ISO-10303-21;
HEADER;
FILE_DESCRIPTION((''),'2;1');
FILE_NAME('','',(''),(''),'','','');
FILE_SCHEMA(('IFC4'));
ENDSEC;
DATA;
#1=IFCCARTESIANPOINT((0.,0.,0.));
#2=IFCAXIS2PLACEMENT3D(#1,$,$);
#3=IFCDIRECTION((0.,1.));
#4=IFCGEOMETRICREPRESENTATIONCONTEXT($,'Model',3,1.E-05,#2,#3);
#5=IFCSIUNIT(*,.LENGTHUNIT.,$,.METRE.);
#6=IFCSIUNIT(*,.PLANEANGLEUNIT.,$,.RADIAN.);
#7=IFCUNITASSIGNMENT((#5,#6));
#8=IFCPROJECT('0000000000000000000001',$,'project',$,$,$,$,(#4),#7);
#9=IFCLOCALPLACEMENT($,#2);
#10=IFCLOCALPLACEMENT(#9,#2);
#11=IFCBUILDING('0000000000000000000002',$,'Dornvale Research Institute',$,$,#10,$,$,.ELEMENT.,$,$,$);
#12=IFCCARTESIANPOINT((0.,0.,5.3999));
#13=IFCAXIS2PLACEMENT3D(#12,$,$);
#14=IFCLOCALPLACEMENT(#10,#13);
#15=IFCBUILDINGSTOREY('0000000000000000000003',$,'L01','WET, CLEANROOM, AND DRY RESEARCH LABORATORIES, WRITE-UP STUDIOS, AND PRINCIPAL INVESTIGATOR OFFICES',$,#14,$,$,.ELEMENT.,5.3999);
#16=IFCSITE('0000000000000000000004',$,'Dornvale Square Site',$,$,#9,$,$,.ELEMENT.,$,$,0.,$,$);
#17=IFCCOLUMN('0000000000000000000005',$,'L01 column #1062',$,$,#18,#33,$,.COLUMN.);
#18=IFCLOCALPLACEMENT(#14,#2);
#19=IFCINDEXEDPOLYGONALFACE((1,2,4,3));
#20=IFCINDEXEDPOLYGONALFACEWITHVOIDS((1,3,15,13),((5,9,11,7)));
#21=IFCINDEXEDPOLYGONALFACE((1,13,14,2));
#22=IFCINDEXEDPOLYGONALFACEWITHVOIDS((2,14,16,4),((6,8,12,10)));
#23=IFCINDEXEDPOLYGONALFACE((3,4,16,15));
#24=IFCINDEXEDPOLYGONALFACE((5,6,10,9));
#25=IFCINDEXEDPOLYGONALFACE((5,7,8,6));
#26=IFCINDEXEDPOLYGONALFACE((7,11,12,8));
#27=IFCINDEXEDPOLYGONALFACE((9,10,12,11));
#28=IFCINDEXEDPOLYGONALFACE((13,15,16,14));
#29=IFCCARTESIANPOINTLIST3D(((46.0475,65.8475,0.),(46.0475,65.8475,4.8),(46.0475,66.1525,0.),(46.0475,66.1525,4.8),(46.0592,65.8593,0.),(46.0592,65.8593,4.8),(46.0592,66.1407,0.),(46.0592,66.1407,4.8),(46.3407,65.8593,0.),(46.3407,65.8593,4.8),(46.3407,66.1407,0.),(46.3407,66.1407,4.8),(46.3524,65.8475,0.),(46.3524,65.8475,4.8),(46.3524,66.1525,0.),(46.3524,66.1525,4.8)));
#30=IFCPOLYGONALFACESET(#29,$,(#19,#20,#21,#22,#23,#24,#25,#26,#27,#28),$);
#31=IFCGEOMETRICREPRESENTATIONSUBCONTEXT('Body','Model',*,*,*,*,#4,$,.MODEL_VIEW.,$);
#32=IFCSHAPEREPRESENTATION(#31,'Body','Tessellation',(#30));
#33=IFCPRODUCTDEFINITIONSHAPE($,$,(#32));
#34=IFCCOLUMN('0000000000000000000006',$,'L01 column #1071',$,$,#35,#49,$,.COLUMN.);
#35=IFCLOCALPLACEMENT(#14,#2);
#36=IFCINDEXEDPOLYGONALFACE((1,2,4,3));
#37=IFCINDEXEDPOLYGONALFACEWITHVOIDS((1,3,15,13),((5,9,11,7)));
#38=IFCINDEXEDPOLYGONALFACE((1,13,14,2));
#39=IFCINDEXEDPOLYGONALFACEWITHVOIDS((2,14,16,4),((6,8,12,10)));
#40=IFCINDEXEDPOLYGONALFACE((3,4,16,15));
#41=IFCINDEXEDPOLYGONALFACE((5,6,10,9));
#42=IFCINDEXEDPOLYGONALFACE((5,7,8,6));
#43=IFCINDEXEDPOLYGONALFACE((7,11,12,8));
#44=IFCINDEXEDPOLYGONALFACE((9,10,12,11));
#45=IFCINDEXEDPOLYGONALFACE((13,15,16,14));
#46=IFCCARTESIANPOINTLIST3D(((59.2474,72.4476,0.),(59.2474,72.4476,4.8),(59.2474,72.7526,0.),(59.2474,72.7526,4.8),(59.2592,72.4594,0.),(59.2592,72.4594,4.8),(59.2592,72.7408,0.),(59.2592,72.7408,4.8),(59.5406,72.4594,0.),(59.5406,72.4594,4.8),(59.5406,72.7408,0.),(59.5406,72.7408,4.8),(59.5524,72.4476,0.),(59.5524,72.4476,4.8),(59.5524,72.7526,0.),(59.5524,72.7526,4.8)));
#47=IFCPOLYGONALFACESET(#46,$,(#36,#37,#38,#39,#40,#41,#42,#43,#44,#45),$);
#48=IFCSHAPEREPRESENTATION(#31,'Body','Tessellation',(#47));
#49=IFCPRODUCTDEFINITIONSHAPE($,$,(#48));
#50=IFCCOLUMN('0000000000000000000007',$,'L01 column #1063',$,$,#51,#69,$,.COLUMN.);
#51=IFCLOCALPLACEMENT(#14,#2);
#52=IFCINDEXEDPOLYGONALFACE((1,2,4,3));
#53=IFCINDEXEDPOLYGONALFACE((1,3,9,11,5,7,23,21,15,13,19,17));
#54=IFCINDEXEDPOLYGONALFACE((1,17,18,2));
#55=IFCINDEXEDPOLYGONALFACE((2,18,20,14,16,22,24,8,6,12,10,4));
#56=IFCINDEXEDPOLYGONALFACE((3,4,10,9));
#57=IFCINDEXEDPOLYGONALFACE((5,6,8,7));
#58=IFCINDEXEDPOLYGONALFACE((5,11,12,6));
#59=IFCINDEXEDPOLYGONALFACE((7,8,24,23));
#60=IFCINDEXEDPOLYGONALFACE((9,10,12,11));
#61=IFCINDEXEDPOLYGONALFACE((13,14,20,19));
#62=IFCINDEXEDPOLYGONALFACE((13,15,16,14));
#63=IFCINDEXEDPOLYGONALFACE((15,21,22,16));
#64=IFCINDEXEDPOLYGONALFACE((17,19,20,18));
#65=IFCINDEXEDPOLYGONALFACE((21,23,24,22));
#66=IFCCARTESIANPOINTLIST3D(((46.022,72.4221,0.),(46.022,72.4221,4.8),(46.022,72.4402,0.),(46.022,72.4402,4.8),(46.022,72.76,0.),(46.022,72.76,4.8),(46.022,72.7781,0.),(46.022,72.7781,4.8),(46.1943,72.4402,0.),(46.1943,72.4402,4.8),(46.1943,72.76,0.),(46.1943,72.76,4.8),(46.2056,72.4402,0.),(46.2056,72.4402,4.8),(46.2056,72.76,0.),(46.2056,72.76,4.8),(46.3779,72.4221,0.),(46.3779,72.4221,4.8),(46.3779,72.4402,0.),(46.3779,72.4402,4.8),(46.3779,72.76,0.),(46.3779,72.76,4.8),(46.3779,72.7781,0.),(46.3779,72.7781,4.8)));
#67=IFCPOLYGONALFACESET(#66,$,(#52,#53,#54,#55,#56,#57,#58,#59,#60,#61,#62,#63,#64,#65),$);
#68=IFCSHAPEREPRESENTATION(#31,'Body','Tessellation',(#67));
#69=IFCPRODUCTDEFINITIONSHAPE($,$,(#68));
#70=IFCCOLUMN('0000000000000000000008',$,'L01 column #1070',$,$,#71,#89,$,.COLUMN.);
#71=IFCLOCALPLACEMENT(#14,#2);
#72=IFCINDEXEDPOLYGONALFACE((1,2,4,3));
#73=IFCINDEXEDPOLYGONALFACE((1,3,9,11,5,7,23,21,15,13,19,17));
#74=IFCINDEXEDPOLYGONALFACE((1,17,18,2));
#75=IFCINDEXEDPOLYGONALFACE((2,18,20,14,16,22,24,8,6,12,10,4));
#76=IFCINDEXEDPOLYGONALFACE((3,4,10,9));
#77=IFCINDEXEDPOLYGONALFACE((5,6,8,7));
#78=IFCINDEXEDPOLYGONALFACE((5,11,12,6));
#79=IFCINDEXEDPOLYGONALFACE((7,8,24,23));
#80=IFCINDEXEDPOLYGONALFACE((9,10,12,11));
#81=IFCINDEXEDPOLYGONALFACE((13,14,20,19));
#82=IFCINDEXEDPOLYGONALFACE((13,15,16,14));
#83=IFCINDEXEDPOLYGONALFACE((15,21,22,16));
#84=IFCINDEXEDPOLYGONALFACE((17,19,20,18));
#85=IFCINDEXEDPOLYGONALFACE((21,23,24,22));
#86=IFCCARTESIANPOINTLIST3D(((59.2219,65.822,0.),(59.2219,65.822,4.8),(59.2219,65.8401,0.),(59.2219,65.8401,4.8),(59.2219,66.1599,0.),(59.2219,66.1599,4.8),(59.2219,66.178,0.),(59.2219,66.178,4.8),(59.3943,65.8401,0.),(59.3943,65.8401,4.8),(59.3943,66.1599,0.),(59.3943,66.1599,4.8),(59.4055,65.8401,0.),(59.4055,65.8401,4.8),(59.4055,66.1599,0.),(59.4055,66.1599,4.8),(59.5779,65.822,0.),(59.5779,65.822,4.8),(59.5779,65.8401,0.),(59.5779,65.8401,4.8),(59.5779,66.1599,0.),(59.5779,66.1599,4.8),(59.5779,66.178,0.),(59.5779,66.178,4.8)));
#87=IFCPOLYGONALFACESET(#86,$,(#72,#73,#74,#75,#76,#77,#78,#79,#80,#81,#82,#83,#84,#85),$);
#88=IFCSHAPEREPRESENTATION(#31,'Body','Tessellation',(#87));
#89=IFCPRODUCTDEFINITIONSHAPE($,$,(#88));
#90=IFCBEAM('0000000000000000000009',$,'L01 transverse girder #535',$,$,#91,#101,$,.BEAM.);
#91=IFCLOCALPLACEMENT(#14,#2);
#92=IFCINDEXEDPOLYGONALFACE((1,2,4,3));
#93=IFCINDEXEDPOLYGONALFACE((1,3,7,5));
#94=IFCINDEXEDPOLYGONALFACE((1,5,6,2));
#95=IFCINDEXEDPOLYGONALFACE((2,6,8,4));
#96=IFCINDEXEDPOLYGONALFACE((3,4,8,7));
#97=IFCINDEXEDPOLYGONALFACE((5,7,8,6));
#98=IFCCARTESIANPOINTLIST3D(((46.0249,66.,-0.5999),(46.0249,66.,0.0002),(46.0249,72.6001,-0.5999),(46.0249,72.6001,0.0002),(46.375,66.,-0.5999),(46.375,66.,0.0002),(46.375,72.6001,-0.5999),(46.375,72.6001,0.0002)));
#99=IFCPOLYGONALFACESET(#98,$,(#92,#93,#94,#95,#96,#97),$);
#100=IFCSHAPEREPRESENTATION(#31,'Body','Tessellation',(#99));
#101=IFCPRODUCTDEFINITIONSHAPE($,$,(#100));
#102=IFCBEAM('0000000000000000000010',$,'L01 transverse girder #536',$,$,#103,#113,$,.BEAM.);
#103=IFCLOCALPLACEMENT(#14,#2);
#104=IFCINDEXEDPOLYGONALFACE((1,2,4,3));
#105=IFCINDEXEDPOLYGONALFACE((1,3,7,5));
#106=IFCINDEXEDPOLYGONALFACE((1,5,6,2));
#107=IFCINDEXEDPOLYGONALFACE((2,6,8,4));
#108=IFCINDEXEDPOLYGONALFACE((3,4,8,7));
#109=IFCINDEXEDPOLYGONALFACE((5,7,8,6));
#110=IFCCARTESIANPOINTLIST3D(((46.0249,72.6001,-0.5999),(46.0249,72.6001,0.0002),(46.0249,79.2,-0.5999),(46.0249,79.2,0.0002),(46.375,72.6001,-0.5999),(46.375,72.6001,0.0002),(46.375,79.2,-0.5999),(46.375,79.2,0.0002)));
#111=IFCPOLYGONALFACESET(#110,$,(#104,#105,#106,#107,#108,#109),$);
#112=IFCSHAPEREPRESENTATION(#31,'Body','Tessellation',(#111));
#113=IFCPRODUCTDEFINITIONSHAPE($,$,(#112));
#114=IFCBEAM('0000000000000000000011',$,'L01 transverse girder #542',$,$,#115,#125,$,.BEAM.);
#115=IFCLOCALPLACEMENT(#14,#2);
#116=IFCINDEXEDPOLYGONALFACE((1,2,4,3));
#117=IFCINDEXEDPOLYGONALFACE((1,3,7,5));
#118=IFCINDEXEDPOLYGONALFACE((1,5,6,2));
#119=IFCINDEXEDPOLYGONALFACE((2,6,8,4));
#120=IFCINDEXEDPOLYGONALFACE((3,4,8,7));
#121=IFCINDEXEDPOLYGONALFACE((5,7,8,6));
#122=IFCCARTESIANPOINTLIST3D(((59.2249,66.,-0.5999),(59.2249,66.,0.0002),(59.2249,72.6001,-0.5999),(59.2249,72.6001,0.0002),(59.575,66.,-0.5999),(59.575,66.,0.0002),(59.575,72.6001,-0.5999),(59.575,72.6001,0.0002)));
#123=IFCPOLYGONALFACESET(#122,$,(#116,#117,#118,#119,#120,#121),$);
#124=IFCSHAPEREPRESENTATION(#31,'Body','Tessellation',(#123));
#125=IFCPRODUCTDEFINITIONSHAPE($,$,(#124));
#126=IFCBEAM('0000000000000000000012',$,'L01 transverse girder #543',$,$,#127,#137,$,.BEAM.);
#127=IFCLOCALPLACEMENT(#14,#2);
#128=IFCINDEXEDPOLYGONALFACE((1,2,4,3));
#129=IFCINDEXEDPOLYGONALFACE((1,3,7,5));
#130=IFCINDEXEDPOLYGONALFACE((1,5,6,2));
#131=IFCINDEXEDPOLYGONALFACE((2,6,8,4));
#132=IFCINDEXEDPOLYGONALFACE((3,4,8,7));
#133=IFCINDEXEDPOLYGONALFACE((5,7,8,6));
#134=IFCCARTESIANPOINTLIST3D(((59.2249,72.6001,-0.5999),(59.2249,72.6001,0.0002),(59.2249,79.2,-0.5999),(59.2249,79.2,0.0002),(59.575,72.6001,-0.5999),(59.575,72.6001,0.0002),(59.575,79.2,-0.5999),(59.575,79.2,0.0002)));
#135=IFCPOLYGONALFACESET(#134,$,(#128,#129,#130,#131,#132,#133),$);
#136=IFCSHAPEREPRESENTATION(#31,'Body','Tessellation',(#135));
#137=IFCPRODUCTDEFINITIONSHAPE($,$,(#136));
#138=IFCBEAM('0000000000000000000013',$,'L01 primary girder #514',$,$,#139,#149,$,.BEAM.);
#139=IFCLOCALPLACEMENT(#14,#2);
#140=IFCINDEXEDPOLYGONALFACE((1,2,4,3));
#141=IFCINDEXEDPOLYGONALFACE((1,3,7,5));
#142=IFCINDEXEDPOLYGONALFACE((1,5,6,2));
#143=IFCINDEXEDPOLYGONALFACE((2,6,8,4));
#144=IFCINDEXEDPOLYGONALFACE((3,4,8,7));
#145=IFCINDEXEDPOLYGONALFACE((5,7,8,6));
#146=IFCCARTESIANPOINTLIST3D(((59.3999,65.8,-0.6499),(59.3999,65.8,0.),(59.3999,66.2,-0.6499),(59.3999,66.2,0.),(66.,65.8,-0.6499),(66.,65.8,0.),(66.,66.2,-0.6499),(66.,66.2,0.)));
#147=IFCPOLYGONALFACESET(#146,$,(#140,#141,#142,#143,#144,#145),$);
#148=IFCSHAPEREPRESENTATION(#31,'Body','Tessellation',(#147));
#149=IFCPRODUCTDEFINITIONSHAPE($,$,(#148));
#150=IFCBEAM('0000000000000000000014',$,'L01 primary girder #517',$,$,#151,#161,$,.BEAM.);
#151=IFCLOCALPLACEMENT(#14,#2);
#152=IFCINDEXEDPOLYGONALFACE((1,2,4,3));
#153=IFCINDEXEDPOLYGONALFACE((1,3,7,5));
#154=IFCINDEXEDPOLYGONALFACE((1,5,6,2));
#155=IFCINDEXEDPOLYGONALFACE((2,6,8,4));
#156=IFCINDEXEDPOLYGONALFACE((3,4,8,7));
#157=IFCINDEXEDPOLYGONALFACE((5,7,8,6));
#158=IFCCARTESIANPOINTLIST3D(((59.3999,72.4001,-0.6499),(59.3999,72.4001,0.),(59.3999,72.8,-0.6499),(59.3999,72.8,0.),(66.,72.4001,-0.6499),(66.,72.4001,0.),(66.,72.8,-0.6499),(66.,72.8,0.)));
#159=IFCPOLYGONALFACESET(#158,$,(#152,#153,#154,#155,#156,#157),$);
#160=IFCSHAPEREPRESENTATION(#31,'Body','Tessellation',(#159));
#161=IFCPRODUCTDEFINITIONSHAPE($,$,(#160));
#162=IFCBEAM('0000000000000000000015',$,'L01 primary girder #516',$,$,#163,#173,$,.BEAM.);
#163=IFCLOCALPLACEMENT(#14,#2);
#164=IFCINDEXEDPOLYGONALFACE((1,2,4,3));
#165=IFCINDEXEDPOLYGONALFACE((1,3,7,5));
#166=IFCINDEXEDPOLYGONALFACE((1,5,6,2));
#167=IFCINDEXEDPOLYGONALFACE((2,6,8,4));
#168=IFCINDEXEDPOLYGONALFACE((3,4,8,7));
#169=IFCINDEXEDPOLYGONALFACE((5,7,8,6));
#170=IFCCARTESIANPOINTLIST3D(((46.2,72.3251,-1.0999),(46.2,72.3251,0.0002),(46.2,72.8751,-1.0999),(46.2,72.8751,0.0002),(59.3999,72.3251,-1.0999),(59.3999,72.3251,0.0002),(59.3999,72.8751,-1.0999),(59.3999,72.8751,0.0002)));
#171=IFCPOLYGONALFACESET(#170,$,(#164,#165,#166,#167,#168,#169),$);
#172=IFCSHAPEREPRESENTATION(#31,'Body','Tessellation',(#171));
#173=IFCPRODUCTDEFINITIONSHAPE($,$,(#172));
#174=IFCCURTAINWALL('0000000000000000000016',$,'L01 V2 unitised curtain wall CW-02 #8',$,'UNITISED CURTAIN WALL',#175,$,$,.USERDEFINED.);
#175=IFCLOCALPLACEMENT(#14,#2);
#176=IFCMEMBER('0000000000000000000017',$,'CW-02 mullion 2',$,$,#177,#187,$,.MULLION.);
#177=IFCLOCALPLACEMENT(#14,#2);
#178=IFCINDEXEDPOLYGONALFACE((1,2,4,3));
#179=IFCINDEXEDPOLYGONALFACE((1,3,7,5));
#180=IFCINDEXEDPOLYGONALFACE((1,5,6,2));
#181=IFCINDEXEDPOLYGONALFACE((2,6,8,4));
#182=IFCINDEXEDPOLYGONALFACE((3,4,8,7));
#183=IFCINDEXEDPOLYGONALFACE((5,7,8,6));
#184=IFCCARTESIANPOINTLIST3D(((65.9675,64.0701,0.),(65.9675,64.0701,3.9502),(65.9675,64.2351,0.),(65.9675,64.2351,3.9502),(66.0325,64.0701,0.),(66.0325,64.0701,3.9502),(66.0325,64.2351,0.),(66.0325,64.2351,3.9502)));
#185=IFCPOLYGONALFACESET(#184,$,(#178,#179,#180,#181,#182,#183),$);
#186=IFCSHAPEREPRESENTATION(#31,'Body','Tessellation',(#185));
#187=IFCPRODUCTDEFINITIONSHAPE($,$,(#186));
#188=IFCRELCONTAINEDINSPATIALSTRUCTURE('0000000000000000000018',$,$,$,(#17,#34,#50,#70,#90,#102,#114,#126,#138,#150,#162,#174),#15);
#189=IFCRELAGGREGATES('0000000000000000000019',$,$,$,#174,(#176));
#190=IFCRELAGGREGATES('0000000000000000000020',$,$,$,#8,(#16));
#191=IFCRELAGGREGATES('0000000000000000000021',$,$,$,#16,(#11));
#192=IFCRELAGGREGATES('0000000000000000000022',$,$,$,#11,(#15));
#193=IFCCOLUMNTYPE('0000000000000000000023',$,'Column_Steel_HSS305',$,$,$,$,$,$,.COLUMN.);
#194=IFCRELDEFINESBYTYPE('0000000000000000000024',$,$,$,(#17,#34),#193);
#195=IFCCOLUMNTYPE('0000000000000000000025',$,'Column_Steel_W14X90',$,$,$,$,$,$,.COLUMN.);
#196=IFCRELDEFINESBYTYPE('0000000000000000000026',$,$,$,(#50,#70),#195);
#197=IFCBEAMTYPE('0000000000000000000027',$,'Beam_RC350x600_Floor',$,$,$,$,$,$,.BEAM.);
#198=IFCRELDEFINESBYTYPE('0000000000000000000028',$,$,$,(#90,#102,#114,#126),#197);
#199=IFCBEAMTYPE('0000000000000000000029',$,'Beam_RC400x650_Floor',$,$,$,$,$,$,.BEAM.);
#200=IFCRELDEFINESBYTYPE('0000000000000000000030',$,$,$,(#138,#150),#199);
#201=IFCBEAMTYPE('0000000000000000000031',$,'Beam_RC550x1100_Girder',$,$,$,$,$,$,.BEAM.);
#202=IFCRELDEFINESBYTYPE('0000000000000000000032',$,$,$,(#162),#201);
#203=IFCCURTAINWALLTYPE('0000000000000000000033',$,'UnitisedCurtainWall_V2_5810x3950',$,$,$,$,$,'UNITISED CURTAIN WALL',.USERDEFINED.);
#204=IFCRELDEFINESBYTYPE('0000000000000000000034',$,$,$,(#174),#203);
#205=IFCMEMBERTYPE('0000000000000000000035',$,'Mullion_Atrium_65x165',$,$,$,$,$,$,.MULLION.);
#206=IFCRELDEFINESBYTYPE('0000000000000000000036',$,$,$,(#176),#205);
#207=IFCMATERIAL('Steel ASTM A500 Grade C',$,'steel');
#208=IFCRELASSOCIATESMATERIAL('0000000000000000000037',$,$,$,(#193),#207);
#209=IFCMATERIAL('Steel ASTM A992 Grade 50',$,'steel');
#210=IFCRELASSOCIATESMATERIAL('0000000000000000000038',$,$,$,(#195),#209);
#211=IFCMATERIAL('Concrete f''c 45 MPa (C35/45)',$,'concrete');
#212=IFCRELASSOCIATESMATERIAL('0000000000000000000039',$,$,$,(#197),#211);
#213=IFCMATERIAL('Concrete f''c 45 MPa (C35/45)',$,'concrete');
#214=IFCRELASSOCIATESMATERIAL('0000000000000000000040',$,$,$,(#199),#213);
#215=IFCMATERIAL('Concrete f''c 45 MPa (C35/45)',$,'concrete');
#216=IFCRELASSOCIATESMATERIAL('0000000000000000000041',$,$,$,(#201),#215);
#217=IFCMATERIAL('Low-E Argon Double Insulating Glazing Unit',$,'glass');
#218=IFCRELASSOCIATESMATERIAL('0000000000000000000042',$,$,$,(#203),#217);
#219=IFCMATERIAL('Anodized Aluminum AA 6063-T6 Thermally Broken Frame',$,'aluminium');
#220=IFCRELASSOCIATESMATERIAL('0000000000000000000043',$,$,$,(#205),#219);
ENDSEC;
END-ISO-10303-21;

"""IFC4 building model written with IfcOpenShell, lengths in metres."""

from ifc_helpers import new_model, si_unit, direction, frame, origin, origin_2d, place, context, subcontext, project, spatial, rectangle, hollow_rectangle, i_section, extrude, material, material_profile, profile_set, type_object, element, aggregate, save


model = new_model("IFC4")

# Units and contexts
model_context = context("Model", 3, precision=1e-05, world=origin(), true_north=direction((0.0, 1.0)))
body_context = subcontext(model_context, "Body", "Model", "MODEL_VIEW")
ifc_project = project(units=[si_unit("LENGTHUNIT", "METRE"), si_unit("PLANEANGLEUNIT", "RADIAN")], contexts=[model_context])

# Site, building, storey
site_placement = place(None, origin())
site = spatial("IfcSite", under=ifc_project, at=site_placement, Name="Dornvale Square Site", CompositionType="ELEMENT", RefElevation=0.0)
building_placement = place(site_placement, origin())
building = spatial("IfcBuilding", under=site, at=building_placement, Name="Dornvale Research Institute", CompositionType="ELEMENT")
storey_placement = place(building_placement, frame((0.0, 0.0, 5.3999)))
storey = spatial("IfcBuildingStorey", under=building, at=storey_placement, Name="L01", Description="WET, CLEANROOM, AND DRY RESEARCH LABORATORIES, WRITE-UP STUDIOS, AND PRINCIPAL INVESTIGATOR OFFICES", CompositionType="ELEMENT", Elevation=5.3999)

# Columns
ifc_material_1 = material(Name="Steel ASTM A500 Grade C", Category="steel")
ifc_material_profile_1 = material_profile(ifc_material_1, hollow_rectangle(XDim=0.3049, YDim=0.3049, WallThickness=0.0117, at=origin_2d()), Name="HSS305X305X12.7")
ifc_profile_set_1 = profile_set([ifc_material_profile_1], Name="Steel ASTM A500 Grade C")
column_type_1 = type_object("IfcColumnType", Name="Column_Steel_HSS305", PredefinedType="COLUMN", material=ifc_profile_set_1)
for number, where, z_axis, x_axis, name in (
    (1, (46.2, 66.0, 0.0), (0.0, 0.0, 1.0), (1.0, 0.0, 0.0), "L01 column #1062"),
    (2, (59.3999, 72.6001, 0.0), (0.0, 0.0, 1.0), (1.0, 0.0, 0.0), "L01 column #1071"),
):
    element("IfcColumn", number, at=place(storey_placement, frame(where, z_axis=z_axis, x_axis=x_axis)), inside=storey, type_object=column_type_1, Name=name, PredefinedType="COLUMN", context=body_context, shape_type="SweptSolid", body=[
        extrude(hollow_rectangle(XDim=0.3049, YDim=0.3049, WallThickness=0.0117, at=origin_2d()), origin(), (0.0, 0.0, 1.0), 4.8),
    ])
ifc_material_2 = material(Name="Steel ASTM A992 Grade 50", Category="steel")
ifc_material_profile_2 = material_profile(ifc_material_2, i_section(OverallWidth=0.356, OverallDepth=0.356, WebThickness=0.0112, FlangeThickness=0.0181, at=origin_2d()), Name="W14X90")
ifc_profile_set_2 = profile_set([ifc_material_profile_2], Name="Steel ASTM A992 Grade 50")
column_type_2 = type_object("IfcColumnType", Name="Column_Steel_W14X90", PredefinedType="COLUMN", material=ifc_profile_set_2)
for number, where, z_axis, x_axis, name in (
    (3, (46.2, 72.6001, 0.0), (0.0, 0.0, 1.0), (1.0, 0.0, 0.0), "L01 column #1063"),
    (4, (59.3999, 66.0, 0.0), (0.0, 0.0, 1.0), (1.0, 0.0, 0.0), "L01 column #1070"),
):
    element("IfcColumn", number, at=place(storey_placement, frame(where, z_axis=z_axis, x_axis=x_axis)), inside=storey, type_object=column_type_2, Name=name, PredefinedType="COLUMN", context=body_context, shape_type="SweptSolid", body=[
        extrude(i_section(OverallWidth=0.356, OverallDepth=0.356, WebThickness=0.0112, FlangeThickness=0.0181, at=origin_2d()), origin(), (0.0, 0.0, 1.0), 4.8),
    ])

# Beams
ifc_material_3 = material(Name="Concrete f'c 45 MPa (C35/45)", Category="concrete")
ifc_material_profile_3 = material_profile(ifc_material_3, rectangle(XDim=0.3501, YDim=0.6001, at=origin_2d()), Name="RC 350x600")
ifc_profile_set_3 = profile_set([ifc_material_profile_3], Name="Concrete f'c 45 MPa (C35/45)")
beam_type_1 = type_object("IfcBeamType", Name="Beam_RC350x600_Floor", PredefinedType="BEAM", material=ifc_profile_set_3)
beam_1_placement = place(storey_placement, frame((46.2, 66.0, -0.2998), z_axis=(0.0, 1.0, 0.0), x_axis=(-1.0, 0.0, 0.0)))
element("IfcBeam", 5, at=beam_1_placement, inside=storey, type_object=beam_type_1, Name="L01 transverse girder #535", PredefinedType="BEAM", context=body_context, shape_type="SweptSolid", body=[
    extrude(rectangle(XDim=0.3501, YDim=0.6001, at=origin_2d()), origin(), (0.0, 0.0, 1.0), 6.6001),
])
beam_2_placement = place(storey_placement, frame((46.2, 72.6001, -0.2998), z_axis=(0.0, 1.0, 0.0), x_axis=(-1.0, 0.0, 0.0)))
element("IfcBeam", 6, at=beam_2_placement, inside=storey, type_object=beam_type_1, Name="L01 transverse girder #536", PredefinedType="BEAM", context=body_context, shape_type="SweptSolid", body=[
    extrude(rectangle(XDim=0.3501, YDim=0.6001, at=origin_2d()), origin(), (0.0, 0.0, 1.0), 6.5999),
])
beam_3_placement = place(storey_placement, frame((59.3999, 66.0, -0.2998), z_axis=(0.0, 1.0, 0.0), x_axis=(-1.0, 0.0, 0.0)))
element("IfcBeam", 7, at=beam_3_placement, inside=storey, type_object=beam_type_1, Name="L01 transverse girder #542", PredefinedType="BEAM", context=body_context, shape_type="SweptSolid", body=[
    extrude(rectangle(XDim=0.3501, YDim=0.6001, at=origin_2d()), origin(), (0.0, 0.0, 1.0), 6.6001),
])
beam_4_placement = place(storey_placement, frame((59.3999, 72.6001, -0.2998), z_axis=(0.0, 1.0, 0.0), x_axis=(-1.0, 0.0, 0.0)))
element("IfcBeam", 8, at=beam_4_placement, inside=storey, type_object=beam_type_1, Name="L01 transverse girder #543", PredefinedType="BEAM", context=body_context, shape_type="SweptSolid", body=[
    extrude(rectangle(XDim=0.3501, YDim=0.6001, at=origin_2d()), origin(), (0.0, 0.0, 1.0), 6.5999),
])
ifc_material_4 = material(Name="Concrete f'c 45 MPa (C35/45)", Category="concrete")
ifc_material_profile_4 = material_profile(ifc_material_4, rectangle(XDim=0.3999, YDim=0.6499, at=origin_2d()), Name="RC 400x650")
ifc_profile_set_4 = profile_set([ifc_material_profile_4], Name="Concrete f'c 45 MPa (C35/45)")
beam_type_2 = type_object("IfcBeamType", Name="Beam_RC400x650_Floor", PredefinedType="BEAM", material=ifc_profile_set_4)
for number, where, z_axis, x_axis, name in (
    (9, (59.3999, 66.0, -0.325), (1.0, 0.0, 0.0), (0.0, 1.0, 0.0), "L01 primary girder #514"),
    (10, (59.3999, 72.6001, -0.325), (1.0, 0.0, 0.0), (0.0, 1.0, 0.0), "L01 primary girder #517"),
):
    element("IfcBeam", number, at=place(storey_placement, frame(where, z_axis=z_axis, x_axis=x_axis)), inside=storey, type_object=beam_type_2, Name=name, PredefinedType="BEAM", context=body_context, shape_type="SweptSolid", body=[
        extrude(rectangle(XDim=0.3999, YDim=0.6499, at=origin_2d()), origin(), (0.0, 0.0, 1.0), 6.6001),
    ])
ifc_material_5 = material(Name="Concrete f'c 45 MPa (C35/45)", Category="concrete")
ifc_material_profile_5 = material_profile(ifc_material_5, rectangle(XDim=0.55, YDim=1.1001, at=origin_2d()), Name="RC 550x1100")
ifc_profile_set_5 = profile_set([ifc_material_profile_5], Name="Concrete f'c 45 MPa (C35/45)")
beam_type_3 = type_object("IfcBeamType", Name="Beam_RC550x1100_Girder", PredefinedType="BEAM", material=ifc_profile_set_5)
beam_5_placement = place(storey_placement, frame((46.2, 72.6001, -0.5498), z_axis=(1.0, 0.0, 0.0), x_axis=(0.0, 1.0, 0.0)))
element("IfcBeam", 11, at=beam_5_placement, inside=storey, type_object=beam_type_3, Name="L01 primary girder #516", PredefinedType="BEAM", context=body_context, shape_type="SweptSolid", body=[
    extrude(rectangle(XDim=0.55, YDim=1.1001, at=origin_2d()), origin(), (0.0, 0.0, 1.0), 13.2),
])

# Curtain wall, member
ifc_material_6 = material(Name="Low-E Argon Double Insulating Glazing Unit", Category="glass")
curtain_wall_type = type_object("IfcCurtainWallType", Name="UnitisedCurtainWall_V2_5810x3950", ElementType="UNITISED CURTAIN WALL", PredefinedType="USERDEFINED", material=ifc_material_6)
curtain_wall_placement = place(storey_placement, origin())
curtain_wall = element("IfcCurtainWall", 12, at=curtain_wall_placement, inside=storey, type_object=curtain_wall_type, Name="L01 V2 unitised curtain wall CW-02 #8", ObjectType="UNITISED CURTAIN WALL", PredefinedType="USERDEFINED")
ifc_material_7 = material(Name="Anodized Aluminum AA 6063-T6 Thermally Broken Frame", Category="aluminium")
ifc_material_profile_6 = material_profile(ifc_material_7, rectangle(XDim=0.0649, YDim=0.165, at=origin_2d()), Name="ALU MULLION 65x165")
ifc_profile_set_6 = profile_set([ifc_material_profile_6], Name="Anodized Aluminum AA 6063-T6 Thermally Broken Frame")
member_type_1 = type_object("IfcMemberType", Name="Mullion_Atrium_65x165", PredefinedType="MULLION", material=ifc_profile_set_6)
member_1_placement = place(storey_placement, frame((66.0, 64.1526, 0.0), z_axis=(0.0, 0.0, 1.0), x_axis=(1.0, 0.0, 0.0)))
member_1 = element("IfcMember", 13, at=member_1_placement, type_object=member_type_1, Name="CW-02 mullion 2", PredefinedType="MULLION", context=body_context, shape_type="SweptSolid", body=[
    extrude(rectangle(XDim=0.0649, YDim=0.165, at=origin_2d()), origin(), (0.0, 0.0, 1.0), 3.9502),
])
aggregate(curtain_wall, [member_1])

save(model, "model.ifc")
